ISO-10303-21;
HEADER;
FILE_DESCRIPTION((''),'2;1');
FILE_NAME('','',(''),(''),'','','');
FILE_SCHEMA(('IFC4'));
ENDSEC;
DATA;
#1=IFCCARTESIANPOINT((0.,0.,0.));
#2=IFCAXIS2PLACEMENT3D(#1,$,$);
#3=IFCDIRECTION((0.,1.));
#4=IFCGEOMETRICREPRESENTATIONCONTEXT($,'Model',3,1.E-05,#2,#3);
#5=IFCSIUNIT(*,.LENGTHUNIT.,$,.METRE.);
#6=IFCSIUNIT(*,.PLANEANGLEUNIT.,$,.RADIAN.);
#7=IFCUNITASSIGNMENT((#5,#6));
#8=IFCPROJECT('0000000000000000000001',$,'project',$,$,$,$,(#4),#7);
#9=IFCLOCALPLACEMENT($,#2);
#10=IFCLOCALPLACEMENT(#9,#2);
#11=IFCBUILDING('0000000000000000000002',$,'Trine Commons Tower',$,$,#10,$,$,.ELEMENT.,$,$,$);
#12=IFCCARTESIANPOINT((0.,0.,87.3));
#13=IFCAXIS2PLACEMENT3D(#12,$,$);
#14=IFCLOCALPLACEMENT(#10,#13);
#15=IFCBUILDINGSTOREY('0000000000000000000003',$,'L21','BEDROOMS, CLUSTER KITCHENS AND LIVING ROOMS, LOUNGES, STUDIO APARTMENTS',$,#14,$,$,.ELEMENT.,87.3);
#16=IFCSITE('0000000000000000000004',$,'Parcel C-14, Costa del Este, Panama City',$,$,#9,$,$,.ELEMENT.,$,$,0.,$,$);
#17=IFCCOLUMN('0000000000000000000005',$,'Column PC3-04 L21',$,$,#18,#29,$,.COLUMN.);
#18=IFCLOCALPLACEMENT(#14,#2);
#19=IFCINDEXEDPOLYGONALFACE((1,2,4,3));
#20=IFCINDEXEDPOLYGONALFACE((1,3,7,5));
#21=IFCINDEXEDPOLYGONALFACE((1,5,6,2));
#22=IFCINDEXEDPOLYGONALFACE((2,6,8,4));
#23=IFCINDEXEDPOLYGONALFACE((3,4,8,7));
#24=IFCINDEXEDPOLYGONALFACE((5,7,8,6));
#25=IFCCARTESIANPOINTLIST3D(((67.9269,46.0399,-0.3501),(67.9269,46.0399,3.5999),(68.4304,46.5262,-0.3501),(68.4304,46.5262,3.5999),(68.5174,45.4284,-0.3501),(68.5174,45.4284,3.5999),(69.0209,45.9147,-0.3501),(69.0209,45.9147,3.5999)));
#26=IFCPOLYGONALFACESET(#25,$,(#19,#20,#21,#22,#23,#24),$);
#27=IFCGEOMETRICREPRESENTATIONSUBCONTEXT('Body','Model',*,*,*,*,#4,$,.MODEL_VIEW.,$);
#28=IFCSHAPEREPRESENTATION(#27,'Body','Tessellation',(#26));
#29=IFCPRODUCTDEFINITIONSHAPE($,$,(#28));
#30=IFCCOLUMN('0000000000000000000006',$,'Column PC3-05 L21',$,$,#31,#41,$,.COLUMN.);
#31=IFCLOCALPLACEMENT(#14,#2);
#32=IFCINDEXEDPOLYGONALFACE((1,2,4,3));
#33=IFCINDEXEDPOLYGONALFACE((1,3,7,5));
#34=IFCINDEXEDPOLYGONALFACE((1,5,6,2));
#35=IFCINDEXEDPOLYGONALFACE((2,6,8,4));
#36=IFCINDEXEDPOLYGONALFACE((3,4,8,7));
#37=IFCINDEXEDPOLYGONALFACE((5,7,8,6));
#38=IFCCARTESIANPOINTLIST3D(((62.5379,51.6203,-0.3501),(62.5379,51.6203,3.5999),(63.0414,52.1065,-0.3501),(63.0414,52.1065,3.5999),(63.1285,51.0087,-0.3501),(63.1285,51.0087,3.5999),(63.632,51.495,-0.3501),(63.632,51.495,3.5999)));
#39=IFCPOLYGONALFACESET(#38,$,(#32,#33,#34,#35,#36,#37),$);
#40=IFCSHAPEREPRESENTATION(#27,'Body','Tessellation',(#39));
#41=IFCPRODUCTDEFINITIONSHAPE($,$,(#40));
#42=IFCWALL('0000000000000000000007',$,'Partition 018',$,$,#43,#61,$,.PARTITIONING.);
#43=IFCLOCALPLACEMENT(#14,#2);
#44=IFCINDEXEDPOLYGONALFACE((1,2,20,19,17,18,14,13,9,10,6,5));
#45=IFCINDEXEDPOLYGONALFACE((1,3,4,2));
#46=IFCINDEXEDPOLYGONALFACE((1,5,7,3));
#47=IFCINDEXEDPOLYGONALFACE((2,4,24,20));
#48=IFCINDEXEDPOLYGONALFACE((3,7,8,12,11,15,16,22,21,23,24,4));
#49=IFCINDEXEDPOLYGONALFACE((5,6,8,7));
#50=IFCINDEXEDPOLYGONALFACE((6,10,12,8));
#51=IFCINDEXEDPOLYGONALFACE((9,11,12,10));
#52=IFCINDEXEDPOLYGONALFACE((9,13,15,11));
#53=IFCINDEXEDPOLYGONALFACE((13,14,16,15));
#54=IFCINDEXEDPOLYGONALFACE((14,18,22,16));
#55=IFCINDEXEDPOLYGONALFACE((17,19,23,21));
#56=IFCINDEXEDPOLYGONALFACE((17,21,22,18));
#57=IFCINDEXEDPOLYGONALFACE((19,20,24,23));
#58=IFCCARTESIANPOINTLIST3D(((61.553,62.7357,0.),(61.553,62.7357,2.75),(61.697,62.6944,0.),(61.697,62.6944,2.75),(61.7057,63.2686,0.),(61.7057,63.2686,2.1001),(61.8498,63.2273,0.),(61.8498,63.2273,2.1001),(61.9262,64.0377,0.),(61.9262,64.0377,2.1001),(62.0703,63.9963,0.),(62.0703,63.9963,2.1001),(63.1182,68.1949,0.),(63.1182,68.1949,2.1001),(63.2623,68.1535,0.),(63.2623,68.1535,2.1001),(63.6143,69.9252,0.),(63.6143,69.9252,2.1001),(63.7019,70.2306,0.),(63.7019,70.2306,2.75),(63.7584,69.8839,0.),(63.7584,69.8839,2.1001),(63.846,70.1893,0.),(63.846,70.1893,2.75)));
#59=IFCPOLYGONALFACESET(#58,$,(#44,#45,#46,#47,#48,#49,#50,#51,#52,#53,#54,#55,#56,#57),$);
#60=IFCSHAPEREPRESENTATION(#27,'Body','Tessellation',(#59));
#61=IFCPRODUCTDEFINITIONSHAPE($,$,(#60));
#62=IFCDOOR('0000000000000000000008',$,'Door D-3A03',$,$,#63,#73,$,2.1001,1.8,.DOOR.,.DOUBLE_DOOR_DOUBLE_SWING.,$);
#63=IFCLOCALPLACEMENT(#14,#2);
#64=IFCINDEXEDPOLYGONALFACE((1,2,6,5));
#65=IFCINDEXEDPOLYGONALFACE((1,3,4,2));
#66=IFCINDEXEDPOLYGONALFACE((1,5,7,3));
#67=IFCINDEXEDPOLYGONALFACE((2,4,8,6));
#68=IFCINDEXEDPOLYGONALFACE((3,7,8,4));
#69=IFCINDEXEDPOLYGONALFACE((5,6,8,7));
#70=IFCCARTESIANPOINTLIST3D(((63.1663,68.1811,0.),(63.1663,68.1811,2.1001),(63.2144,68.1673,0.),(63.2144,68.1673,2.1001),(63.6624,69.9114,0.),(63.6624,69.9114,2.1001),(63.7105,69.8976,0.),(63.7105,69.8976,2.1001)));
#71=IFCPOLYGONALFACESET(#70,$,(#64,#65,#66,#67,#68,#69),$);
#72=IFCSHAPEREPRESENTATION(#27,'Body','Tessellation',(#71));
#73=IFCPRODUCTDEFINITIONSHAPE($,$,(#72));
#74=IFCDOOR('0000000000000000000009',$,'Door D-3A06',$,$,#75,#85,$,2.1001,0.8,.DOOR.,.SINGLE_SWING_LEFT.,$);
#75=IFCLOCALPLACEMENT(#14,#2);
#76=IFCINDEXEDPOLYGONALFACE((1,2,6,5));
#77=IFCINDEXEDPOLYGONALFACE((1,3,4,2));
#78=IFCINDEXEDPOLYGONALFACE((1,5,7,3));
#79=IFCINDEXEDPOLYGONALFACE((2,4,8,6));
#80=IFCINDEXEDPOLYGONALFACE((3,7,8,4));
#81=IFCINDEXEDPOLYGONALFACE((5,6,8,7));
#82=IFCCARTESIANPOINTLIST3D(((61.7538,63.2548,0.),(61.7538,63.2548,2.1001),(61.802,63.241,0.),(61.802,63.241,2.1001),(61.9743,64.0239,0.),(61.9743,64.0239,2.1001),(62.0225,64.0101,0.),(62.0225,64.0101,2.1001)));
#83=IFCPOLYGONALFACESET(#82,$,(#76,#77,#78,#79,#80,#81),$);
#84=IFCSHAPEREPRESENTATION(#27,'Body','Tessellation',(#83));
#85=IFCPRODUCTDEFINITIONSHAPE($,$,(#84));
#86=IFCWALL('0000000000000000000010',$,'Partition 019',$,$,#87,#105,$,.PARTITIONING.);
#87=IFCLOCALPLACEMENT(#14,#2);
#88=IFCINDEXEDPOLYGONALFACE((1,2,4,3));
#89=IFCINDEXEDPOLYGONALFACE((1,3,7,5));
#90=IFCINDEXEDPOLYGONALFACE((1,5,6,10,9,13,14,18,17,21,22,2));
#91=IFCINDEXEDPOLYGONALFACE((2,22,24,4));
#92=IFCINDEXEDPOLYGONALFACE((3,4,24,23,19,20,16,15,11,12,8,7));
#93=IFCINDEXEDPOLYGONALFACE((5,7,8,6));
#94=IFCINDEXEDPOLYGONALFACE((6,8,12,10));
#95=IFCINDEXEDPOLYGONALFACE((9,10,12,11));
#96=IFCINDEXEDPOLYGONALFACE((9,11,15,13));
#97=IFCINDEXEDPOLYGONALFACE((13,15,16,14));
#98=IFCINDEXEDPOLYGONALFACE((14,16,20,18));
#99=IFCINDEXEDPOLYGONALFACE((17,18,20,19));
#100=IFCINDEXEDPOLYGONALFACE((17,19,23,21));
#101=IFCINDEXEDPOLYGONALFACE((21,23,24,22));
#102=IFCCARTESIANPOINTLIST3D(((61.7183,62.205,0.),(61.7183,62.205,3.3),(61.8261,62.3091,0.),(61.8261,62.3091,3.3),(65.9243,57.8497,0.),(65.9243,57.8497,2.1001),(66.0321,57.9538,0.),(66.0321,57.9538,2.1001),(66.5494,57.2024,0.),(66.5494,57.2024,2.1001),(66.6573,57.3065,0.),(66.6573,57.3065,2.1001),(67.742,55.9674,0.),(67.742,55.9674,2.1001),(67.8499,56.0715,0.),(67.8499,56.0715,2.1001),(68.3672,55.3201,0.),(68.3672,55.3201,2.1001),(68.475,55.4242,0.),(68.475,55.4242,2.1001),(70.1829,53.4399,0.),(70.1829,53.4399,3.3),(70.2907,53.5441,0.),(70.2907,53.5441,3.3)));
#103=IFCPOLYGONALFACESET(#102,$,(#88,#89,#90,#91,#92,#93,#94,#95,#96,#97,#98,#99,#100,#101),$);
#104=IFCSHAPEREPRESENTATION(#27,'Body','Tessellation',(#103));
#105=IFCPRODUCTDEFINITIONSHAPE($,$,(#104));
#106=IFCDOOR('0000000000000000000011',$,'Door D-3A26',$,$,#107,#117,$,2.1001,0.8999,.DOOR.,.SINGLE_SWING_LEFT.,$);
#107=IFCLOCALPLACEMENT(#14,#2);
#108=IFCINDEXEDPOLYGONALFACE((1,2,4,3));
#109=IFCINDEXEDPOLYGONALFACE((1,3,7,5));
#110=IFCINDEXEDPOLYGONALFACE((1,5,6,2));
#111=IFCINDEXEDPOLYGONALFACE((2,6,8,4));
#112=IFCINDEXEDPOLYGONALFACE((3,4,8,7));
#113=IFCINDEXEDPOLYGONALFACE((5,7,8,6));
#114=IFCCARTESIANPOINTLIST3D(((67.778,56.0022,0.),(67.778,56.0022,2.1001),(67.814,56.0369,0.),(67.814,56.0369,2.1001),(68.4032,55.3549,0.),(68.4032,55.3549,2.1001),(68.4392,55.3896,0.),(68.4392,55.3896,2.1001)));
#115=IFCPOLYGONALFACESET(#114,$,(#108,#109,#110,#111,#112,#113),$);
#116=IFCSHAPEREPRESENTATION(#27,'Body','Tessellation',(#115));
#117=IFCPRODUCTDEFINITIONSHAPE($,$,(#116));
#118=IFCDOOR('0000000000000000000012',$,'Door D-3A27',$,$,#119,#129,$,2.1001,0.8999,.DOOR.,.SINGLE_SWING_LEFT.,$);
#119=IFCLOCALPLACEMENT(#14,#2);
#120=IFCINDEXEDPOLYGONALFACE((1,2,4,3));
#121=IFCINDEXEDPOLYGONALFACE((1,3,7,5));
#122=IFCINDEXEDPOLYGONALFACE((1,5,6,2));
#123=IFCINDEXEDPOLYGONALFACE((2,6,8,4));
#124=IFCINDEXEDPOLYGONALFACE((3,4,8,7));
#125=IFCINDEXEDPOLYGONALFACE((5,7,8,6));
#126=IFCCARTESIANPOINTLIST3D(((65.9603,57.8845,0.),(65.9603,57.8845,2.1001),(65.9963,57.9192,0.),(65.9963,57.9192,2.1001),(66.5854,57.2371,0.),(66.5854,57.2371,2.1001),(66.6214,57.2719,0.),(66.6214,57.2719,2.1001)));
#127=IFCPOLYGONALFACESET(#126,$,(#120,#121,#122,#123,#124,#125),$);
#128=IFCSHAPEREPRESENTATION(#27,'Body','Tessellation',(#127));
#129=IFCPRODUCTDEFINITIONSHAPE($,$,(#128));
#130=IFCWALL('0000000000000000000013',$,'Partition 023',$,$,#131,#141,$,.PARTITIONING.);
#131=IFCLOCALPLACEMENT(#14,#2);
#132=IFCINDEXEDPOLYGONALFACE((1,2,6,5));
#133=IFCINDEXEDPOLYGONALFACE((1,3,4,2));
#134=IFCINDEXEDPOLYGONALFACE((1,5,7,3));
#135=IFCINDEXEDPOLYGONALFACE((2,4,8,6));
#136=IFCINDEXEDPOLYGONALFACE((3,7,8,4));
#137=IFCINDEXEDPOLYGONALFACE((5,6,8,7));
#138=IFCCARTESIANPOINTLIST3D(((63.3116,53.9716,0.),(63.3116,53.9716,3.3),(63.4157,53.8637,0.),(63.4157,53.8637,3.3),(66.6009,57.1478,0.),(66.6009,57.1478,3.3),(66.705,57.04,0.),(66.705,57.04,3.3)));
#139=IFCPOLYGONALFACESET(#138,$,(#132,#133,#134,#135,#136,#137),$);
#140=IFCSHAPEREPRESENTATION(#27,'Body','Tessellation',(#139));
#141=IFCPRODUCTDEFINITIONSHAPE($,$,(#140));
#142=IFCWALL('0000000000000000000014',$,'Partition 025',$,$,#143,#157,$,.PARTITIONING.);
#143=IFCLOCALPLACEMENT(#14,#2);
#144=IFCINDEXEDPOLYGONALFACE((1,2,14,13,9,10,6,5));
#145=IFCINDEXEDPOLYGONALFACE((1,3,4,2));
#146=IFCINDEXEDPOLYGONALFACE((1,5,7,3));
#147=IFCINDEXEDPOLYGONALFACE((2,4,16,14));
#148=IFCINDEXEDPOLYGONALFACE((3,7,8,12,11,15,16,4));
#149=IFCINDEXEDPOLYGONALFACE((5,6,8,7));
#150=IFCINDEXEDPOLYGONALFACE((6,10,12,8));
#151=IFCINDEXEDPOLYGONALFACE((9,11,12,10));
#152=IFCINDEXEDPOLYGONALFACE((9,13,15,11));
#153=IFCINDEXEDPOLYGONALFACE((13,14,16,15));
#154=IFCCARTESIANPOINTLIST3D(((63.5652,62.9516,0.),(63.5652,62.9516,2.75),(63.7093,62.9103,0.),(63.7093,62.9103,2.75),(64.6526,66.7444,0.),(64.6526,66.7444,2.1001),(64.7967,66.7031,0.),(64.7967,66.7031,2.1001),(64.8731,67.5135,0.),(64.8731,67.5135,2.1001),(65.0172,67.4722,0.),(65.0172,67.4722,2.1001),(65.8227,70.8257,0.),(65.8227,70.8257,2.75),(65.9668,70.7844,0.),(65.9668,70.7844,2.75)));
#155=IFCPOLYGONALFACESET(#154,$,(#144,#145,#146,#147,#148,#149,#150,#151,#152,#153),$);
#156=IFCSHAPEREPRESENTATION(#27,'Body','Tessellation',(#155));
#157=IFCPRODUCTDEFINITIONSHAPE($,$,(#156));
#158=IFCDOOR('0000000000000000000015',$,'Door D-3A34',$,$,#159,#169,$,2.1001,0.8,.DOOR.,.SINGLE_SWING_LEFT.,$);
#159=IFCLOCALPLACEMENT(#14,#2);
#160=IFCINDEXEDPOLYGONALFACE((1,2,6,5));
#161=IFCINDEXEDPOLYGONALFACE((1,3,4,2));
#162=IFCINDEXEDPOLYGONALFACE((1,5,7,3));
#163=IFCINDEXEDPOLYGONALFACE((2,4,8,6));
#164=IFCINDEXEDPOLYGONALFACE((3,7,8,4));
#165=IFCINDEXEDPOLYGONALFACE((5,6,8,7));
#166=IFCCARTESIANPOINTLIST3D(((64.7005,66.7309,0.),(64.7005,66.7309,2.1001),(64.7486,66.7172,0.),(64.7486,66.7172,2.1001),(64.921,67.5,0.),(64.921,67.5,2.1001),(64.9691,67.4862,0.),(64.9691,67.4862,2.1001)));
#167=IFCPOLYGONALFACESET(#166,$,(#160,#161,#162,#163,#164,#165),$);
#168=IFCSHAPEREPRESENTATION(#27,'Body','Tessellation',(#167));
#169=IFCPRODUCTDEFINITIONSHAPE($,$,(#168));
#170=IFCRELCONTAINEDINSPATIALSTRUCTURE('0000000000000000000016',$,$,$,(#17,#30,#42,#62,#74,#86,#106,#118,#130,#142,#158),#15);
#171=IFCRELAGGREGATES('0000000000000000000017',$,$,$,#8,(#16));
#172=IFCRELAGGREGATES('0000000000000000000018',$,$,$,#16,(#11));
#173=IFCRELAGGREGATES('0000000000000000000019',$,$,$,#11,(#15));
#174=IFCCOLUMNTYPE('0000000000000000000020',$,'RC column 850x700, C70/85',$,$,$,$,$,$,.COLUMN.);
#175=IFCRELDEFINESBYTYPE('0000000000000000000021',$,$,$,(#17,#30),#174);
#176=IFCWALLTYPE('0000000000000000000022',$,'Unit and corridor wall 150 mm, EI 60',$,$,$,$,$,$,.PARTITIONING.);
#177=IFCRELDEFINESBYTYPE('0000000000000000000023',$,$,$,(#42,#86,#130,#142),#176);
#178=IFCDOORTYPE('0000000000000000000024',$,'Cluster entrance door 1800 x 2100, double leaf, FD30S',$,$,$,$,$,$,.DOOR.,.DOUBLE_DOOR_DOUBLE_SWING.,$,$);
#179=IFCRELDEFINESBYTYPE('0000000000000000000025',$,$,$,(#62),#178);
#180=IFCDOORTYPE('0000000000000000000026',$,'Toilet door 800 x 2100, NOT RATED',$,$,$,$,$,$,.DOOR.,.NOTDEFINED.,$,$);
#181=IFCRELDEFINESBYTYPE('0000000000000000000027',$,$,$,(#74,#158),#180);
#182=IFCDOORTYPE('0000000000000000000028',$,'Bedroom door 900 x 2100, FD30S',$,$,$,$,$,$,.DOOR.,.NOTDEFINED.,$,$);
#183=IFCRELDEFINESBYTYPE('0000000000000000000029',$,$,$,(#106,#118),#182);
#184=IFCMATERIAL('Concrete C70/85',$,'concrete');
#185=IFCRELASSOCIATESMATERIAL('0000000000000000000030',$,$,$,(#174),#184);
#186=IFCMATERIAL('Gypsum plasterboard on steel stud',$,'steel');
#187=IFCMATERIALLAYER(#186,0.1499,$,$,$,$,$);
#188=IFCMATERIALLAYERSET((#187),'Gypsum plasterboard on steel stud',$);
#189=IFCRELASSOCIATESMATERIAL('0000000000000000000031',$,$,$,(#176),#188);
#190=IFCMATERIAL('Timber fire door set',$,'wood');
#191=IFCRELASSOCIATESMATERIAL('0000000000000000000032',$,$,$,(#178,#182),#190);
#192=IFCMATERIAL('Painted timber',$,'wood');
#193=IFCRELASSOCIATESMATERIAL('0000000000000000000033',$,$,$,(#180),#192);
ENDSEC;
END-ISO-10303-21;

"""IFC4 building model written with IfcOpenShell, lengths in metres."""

from ifc_helpers import new_model, si_unit, direction, frame, frame_2d, origin, origin_2d, place, context, subcontext, project, spatial, rectangle, extrude, material, layer, layer_set, material_profile, profile_set, type_object, element, fill, save


model = new_model("IFC4")

# Units and contexts
model_context = context("Model", 3, precision=1e-05, world=origin(), true_north=direction((0.0, 1.0)))
body_context = subcontext(model_context, "Body", "Model", "MODEL_VIEW")
ifc_project = project(units=[si_unit("LENGTHUNIT", "METRE"), si_unit("PLANEANGLEUNIT", "RADIAN")], contexts=[model_context])

# Site, building, storey
site_placement = place(None, origin())
site = spatial("IfcSite", under=ifc_project, at=site_placement, Name="Parcel C-14, Costa del Este, Panama City", CompositionType="ELEMENT", RefElevation=0.0)
building_placement = place(site_placement, origin())
building = spatial("IfcBuilding", under=site, at=building_placement, Name="Trine Commons Tower", CompositionType="ELEMENT")
storey_placement = place(building_placement, frame((0.0, 0.0, 87.3)))
storey = spatial("IfcBuildingStorey", under=building, at=storey_placement, Name="L21", Description="BEDROOMS, CLUSTER KITCHENS AND LIVING ROOMS, LOUNGES, STUDIO APARTMENTS", CompositionType="ELEMENT", Elevation=87.3)

# Columns
ifc_material_1 = material(Name="Concrete C70/85", Category="concrete")
ifc_material_profile = material_profile(ifc_material_1, rectangle(XDim=0.8501, YDim=0.7, at=origin_2d()), Name="RC 850x700")
ifc_profile_set = profile_set([ifc_material_profile], Name="Concrete C70/85")
column_type = type_object("IfcColumnType", Name="RC column 850x700, C70/85", PredefinedType="COLUMN", material=ifc_profile_set)
for number, where, z_axis, x_axis, name in (
    (1, (68.4739, 45.9773, -0.3501), (0.0, 0.0, 1.0), (-0.694658, 0.71934, 0.0), "Column PC3-04 L21"),
    (2, (63.085, 51.5576, -0.3501), (0.0, 0.0, 1.0), (-0.694658, 0.71934, 0.0), "Column PC3-05 L21"),
):
    element("IfcColumn", number, at=place(storey_placement, frame(where, z_axis=z_axis, x_axis=x_axis)), inside=storey, type_object=column_type, Name=name, PredefinedType="COLUMN", context=body_context, shape_type="SweptSolid", body=[
        extrude(rectangle(XDim=0.8501, YDim=0.7, at=origin_2d()), origin(), (0.0, 0.0, 1.0), 3.95),
    ])

# Walls, openings, doors
ifc_material_2 = material(Name="Gypsum plasterboard on steel stud", Category="steel")
ifc_layer_1 = layer(ifc_material_2, 0.1499)
ifc_layer_set_1 = layer_set([ifc_layer_1], Name="Gypsum plasterboard on steel stud")
wall_type_1 = type_object("IfcWallType", Name="Unit and corridor wall 150 mm, EI 60", PredefinedType="PARTITIONING", material=ifc_layer_set_1)
wall_1_placement = place(storey_placement, frame((61.625, 62.7151, 0.0), z_axis=(0.0, 0.0, 1.0), x_axis=(0.275614, 0.961268, 0.0)))
wall_1 = element("IfcWall", 3, at=wall_1_placement, inside=storey, type_object=wall_type_1, Name="Partition 018", PredefinedType="PARTITIONING", context=body_context, shape_type="SweptSolid", body=[
    extrude(rectangle(XDim=7.7969, YDim=0.1499, at=frame_2d((3.8984, 0.0))), origin(), (0.0, 0.0, 1.0), 2.75),
])
opening_1_placement = place(wall_1_placement, frame((5.6792, 0.0, 0.0)))
opening_1 = element("IfcOpeningElement", 4, at=opening_1_placement, cuts=wall_1, PredefinedType="OPENING", context=body_context, shape_type="SweptSolid", body=[
    extrude(rectangle(XDim=1.8, YDim=2.1001, at=frame_2d((0.8999, 1.05))), frame((0.0, 0.085, 0.0), z_axis=(0.0, -1.0, 0.0), x_axis=(1.0, 0.0, 0.0)), (0.0, 0.0, 1.0), 0.1699),
])
opening_2_placement = place(wall_1_placement, frame((0.5544, 0.0, 0.0)))
opening_2 = element("IfcOpeningElement", 5, at=opening_2_placement, cuts=wall_1, PredefinedType="OPENING", context=body_context, shape_type="SweptSolid", body=[
    extrude(rectangle(XDim=0.8, YDim=2.1001, at=frame_2d((0.3999, 1.05))), frame((0.0, 0.085, 0.0), z_axis=(0.0, -1.0, 0.0), x_axis=(1.0, 0.0, 0.0)), (0.0, 0.0, 1.0), 0.1699),
])
ifc_material_3 = material(Name="Timber fire door set", Category="wood")
door_type_1 = type_object("IfcDoorType", Name="Cluster entrance door 1800 x 2100, double leaf, FD30S", OperationType="DOUBLE_DOOR_DOUBLE_SWING", PredefinedType="DOOR", material=ifc_material_3)
door_1_placement = place(opening_1_placement, origin())
door_1 = element("IfcDoor", 6, at=door_1_placement, inside=storey, type_object=door_type_1, Name="Door D-3A03", OperationType="DOUBLE_DOOR_DOUBLE_SWING", OverallHeight=2.1001, OverallWidth=1.8, PredefinedType="DOOR", context=body_context, shape_type="SweptSolid", body=[
    extrude(rectangle(XDim=1.8, YDim=2.1001, at=frame_2d((0.8999, 1.05))), frame((0.0, 0.0249, 0.0), z_axis=(0.0, -1.0, 0.0), x_axis=(1.0, 0.0, 0.0)), (0.0, 0.0, 1.0), 0.05),
])
fill(opening_1, door_1)
ifc_material_4 = material(Name="Painted timber", Category="wood")
door_type_2 = type_object("IfcDoorType", Name="Toilet door 800 x 2100, NOT RATED", OperationType="NOTDEFINED", PredefinedType="DOOR", material=ifc_material_4)
door_2_placement = place(opening_2_placement, origin())
door_2 = element("IfcDoor", 7, at=door_2_placement, inside=storey, type_object=door_type_2, Name="Door D-3A06", OperationType="SINGLE_SWING_LEFT", OverallHeight=2.1001, OverallWidth=0.8, PredefinedType="DOOR", context=body_context, shape_type="SweptSolid", body=[
    extrude(rectangle(XDim=0.8, YDim=2.1001, at=frame_2d((0.3999, 1.05))), frame((0.0, 0.0249, 0.0), z_axis=(0.0, -1.0, 0.0), x_axis=(1.0, 0.0, 0.0)), (0.0, 0.0, 1.0), 0.05),
])
fill(opening_2, door_2)
wall_2_placement = place(storey_placement, frame((61.7722, 62.2571, 0.0), z_axis=(0.0, 0.0, 1.0), x_axis=(0.694667, -0.719331, 0.0)))
wall_2 = element("IfcWall", 8, at=wall_2_placement, inside=storey, type_object=wall_type_1, Name="Partition 019", PredefinedType="PARTITIONING", context=body_context, shape_type="SweptSolid", body=[
    extrude(rectangle(XDim=12.1851, YDim=0.1499, at=frame_2d((6.0925, 0.0))), origin(), (0.0, 0.0, 1.0), 3.3),
])
opening_3_placement = place(wall_2_placement, frame((8.6714, 0.0, 0.0)))
opening_3 = element("IfcOpeningElement", 9, at=opening_3_placement, cuts=wall_2, PredefinedType="OPENING", context=body_context, shape_type="SweptSolid", body=[
    extrude(rectangle(XDim=0.8999, YDim=2.1001, at=frame_2d((0.45, 1.05))), frame((0.0, 0.085, 0.0), z_axis=(0.0, -1.0, 0.0), x_axis=(1.0, 0.0, 0.0)), (0.0, 0.0, 1.0), 0.1699),
])
opening_4_placement = place(wall_2_placement, frame((6.0547, 0.0, 0.0)))
opening_4 = element("IfcOpeningElement", 10, at=opening_4_placement, cuts=wall_2, PredefinedType="OPENING", context=body_context, shape_type="SweptSolid", body=[
    extrude(rectangle(XDim=0.8999, YDim=2.1001, at=frame_2d((0.45, 1.05))), frame((0.0, 0.085, 0.0), z_axis=(0.0, -1.0, 0.0), x_axis=(1.0, 0.0, 0.0)), (0.0, 0.0, 1.0), 0.1699),
])
door_type_3 = type_object("IfcDoorType", Name="Bedroom door 900 x 2100, FD30S", OperationType="NOTDEFINED", PredefinedType="DOOR", material=ifc_material_3)
door_3_placement = place(opening_3_placement, frame((0.8999, 0.0, 0.0), z_axis=(0.0, 0.0, 1.0), x_axis=(-1.0, 0.0, 0.0)))
door_3 = element("IfcDoor", 11, at=door_3_placement, inside=storey, type_object=door_type_3, Name="Door D-3A26", OperationType="SINGLE_SWING_LEFT", OverallHeight=2.1001, OverallWidth=0.8999, PredefinedType="DOOR", context=body_context, shape_type="SweptSolid", body=[
    extrude(rectangle(XDim=0.8999, YDim=2.1001, at=frame_2d((0.45, 1.05))), frame((0.0, 0.0249, 0.0), z_axis=(0.0, -1.0, 0.0), x_axis=(1.0, 0.0, 0.0)), (0.0, 0.0, 1.0), 0.05),
])
fill(opening_3, door_3)
door_4_placement = place(opening_4_placement, frame((0.8999, 0.0, 0.0), z_axis=(0.0, 0.0, 1.0), x_axis=(-1.0, 0.0, 0.0)))
door_4 = element("IfcDoor", 12, at=door_4_placement, inside=storey, type_object=door_type_3, Name="Door D-3A27", OperationType="SINGLE_SWING_LEFT", OverallHeight=2.1001, OverallWidth=0.8999, PredefinedType="DOOR", context=body_context, shape_type="SweptSolid", body=[
    extrude(rectangle(XDim=0.8999, YDim=2.1001, at=frame_2d((0.45, 1.05))), frame((0.0, 0.0249, 0.0), z_axis=(0.0, -1.0, 0.0), x_axis=(1.0, 0.0, 0.0)), (0.0, 0.0, 1.0), 0.05),
])
fill(opening_4, door_4)

# Wall
wall_3_placement = place(storey_placement, frame((63.3638, 53.9177, 0.0), z_axis=(0.0, 0.0, 1.0), x_axis=(0.719359, 0.694638, 0.0)))
element("IfcWall", 13, at=wall_3_placement, inside=storey, type_object=wall_type_1, Name="Partition 023", PredefinedType="PARTITIONING", context=body_context, shape_type="SweptSolid", body=[
    extrude(rectangle(XDim=4.5725, YDim=0.1499, at=frame_2d((2.2861, 0.0))), origin(), (0.0, 0.0, 1.0), 3.3),
])

# Wall, opening, door
wall_4_placement = place(storey_placement, frame((63.6372, 62.9309, 0.0), z_axis=(0.0, 0.0, 1.0), x_axis=(0.275599, 0.961273, 0.0)))
wall_4 = element("IfcWall", 14, at=wall_4_placement, inside=storey, type_object=wall_type_1, Name="Partition 025", PredefinedType="PARTITIONING", context=body_context, shape_type="SweptSolid", body=[
    extrude(rectangle(XDim=8.1914, YDim=0.1499, at=frame_2d((4.0957, 0.0))), origin(), (0.0, 0.0, 1.0), 2.75),
])
opening_5_placement = place(wall_4_placement, frame((3.9458, 0.0, 0.0)))
opening_5 = element("IfcOpeningElement", 15, at=opening_5_placement, cuts=wall_4, PredefinedType="OPENING", context=body_context, shape_type="SweptSolid", body=[
    extrude(rectangle(XDim=0.8, YDim=2.1001, at=frame_2d((0.3999, 1.05))), frame((0.0, 0.085, 0.0), z_axis=(0.0, -1.0, 0.0), x_axis=(1.0, 0.0, 0.0)), (0.0, 0.0, 1.0), 0.1699),
])
door_5_placement = place(opening_5_placement, frame((0.8, 0.0, 0.0), z_axis=(0.0, 0.0, 1.0), x_axis=(-1.0, 0.0, 0.0)))
door_5 = element("IfcDoor", 16, at=door_5_placement, inside=storey, type_object=door_type_2, Name="Door D-3A34", OperationType="SINGLE_SWING_LEFT", OverallHeight=2.1001, OverallWidth=0.8, PredefinedType="DOOR", context=body_context, shape_type="SweptSolid", body=[
    extrude(rectangle(XDim=0.8, YDim=2.1001, at=frame_2d((0.3999, 1.05))), frame((0.0, 0.0249, 0.0), z_axis=(0.0, -1.0, 0.0), x_axis=(1.0, 0.0, 0.0)), (0.0, 0.0, 1.0), 0.05),
])
fill(opening_5, door_5)

save(model, "model.ifc")
